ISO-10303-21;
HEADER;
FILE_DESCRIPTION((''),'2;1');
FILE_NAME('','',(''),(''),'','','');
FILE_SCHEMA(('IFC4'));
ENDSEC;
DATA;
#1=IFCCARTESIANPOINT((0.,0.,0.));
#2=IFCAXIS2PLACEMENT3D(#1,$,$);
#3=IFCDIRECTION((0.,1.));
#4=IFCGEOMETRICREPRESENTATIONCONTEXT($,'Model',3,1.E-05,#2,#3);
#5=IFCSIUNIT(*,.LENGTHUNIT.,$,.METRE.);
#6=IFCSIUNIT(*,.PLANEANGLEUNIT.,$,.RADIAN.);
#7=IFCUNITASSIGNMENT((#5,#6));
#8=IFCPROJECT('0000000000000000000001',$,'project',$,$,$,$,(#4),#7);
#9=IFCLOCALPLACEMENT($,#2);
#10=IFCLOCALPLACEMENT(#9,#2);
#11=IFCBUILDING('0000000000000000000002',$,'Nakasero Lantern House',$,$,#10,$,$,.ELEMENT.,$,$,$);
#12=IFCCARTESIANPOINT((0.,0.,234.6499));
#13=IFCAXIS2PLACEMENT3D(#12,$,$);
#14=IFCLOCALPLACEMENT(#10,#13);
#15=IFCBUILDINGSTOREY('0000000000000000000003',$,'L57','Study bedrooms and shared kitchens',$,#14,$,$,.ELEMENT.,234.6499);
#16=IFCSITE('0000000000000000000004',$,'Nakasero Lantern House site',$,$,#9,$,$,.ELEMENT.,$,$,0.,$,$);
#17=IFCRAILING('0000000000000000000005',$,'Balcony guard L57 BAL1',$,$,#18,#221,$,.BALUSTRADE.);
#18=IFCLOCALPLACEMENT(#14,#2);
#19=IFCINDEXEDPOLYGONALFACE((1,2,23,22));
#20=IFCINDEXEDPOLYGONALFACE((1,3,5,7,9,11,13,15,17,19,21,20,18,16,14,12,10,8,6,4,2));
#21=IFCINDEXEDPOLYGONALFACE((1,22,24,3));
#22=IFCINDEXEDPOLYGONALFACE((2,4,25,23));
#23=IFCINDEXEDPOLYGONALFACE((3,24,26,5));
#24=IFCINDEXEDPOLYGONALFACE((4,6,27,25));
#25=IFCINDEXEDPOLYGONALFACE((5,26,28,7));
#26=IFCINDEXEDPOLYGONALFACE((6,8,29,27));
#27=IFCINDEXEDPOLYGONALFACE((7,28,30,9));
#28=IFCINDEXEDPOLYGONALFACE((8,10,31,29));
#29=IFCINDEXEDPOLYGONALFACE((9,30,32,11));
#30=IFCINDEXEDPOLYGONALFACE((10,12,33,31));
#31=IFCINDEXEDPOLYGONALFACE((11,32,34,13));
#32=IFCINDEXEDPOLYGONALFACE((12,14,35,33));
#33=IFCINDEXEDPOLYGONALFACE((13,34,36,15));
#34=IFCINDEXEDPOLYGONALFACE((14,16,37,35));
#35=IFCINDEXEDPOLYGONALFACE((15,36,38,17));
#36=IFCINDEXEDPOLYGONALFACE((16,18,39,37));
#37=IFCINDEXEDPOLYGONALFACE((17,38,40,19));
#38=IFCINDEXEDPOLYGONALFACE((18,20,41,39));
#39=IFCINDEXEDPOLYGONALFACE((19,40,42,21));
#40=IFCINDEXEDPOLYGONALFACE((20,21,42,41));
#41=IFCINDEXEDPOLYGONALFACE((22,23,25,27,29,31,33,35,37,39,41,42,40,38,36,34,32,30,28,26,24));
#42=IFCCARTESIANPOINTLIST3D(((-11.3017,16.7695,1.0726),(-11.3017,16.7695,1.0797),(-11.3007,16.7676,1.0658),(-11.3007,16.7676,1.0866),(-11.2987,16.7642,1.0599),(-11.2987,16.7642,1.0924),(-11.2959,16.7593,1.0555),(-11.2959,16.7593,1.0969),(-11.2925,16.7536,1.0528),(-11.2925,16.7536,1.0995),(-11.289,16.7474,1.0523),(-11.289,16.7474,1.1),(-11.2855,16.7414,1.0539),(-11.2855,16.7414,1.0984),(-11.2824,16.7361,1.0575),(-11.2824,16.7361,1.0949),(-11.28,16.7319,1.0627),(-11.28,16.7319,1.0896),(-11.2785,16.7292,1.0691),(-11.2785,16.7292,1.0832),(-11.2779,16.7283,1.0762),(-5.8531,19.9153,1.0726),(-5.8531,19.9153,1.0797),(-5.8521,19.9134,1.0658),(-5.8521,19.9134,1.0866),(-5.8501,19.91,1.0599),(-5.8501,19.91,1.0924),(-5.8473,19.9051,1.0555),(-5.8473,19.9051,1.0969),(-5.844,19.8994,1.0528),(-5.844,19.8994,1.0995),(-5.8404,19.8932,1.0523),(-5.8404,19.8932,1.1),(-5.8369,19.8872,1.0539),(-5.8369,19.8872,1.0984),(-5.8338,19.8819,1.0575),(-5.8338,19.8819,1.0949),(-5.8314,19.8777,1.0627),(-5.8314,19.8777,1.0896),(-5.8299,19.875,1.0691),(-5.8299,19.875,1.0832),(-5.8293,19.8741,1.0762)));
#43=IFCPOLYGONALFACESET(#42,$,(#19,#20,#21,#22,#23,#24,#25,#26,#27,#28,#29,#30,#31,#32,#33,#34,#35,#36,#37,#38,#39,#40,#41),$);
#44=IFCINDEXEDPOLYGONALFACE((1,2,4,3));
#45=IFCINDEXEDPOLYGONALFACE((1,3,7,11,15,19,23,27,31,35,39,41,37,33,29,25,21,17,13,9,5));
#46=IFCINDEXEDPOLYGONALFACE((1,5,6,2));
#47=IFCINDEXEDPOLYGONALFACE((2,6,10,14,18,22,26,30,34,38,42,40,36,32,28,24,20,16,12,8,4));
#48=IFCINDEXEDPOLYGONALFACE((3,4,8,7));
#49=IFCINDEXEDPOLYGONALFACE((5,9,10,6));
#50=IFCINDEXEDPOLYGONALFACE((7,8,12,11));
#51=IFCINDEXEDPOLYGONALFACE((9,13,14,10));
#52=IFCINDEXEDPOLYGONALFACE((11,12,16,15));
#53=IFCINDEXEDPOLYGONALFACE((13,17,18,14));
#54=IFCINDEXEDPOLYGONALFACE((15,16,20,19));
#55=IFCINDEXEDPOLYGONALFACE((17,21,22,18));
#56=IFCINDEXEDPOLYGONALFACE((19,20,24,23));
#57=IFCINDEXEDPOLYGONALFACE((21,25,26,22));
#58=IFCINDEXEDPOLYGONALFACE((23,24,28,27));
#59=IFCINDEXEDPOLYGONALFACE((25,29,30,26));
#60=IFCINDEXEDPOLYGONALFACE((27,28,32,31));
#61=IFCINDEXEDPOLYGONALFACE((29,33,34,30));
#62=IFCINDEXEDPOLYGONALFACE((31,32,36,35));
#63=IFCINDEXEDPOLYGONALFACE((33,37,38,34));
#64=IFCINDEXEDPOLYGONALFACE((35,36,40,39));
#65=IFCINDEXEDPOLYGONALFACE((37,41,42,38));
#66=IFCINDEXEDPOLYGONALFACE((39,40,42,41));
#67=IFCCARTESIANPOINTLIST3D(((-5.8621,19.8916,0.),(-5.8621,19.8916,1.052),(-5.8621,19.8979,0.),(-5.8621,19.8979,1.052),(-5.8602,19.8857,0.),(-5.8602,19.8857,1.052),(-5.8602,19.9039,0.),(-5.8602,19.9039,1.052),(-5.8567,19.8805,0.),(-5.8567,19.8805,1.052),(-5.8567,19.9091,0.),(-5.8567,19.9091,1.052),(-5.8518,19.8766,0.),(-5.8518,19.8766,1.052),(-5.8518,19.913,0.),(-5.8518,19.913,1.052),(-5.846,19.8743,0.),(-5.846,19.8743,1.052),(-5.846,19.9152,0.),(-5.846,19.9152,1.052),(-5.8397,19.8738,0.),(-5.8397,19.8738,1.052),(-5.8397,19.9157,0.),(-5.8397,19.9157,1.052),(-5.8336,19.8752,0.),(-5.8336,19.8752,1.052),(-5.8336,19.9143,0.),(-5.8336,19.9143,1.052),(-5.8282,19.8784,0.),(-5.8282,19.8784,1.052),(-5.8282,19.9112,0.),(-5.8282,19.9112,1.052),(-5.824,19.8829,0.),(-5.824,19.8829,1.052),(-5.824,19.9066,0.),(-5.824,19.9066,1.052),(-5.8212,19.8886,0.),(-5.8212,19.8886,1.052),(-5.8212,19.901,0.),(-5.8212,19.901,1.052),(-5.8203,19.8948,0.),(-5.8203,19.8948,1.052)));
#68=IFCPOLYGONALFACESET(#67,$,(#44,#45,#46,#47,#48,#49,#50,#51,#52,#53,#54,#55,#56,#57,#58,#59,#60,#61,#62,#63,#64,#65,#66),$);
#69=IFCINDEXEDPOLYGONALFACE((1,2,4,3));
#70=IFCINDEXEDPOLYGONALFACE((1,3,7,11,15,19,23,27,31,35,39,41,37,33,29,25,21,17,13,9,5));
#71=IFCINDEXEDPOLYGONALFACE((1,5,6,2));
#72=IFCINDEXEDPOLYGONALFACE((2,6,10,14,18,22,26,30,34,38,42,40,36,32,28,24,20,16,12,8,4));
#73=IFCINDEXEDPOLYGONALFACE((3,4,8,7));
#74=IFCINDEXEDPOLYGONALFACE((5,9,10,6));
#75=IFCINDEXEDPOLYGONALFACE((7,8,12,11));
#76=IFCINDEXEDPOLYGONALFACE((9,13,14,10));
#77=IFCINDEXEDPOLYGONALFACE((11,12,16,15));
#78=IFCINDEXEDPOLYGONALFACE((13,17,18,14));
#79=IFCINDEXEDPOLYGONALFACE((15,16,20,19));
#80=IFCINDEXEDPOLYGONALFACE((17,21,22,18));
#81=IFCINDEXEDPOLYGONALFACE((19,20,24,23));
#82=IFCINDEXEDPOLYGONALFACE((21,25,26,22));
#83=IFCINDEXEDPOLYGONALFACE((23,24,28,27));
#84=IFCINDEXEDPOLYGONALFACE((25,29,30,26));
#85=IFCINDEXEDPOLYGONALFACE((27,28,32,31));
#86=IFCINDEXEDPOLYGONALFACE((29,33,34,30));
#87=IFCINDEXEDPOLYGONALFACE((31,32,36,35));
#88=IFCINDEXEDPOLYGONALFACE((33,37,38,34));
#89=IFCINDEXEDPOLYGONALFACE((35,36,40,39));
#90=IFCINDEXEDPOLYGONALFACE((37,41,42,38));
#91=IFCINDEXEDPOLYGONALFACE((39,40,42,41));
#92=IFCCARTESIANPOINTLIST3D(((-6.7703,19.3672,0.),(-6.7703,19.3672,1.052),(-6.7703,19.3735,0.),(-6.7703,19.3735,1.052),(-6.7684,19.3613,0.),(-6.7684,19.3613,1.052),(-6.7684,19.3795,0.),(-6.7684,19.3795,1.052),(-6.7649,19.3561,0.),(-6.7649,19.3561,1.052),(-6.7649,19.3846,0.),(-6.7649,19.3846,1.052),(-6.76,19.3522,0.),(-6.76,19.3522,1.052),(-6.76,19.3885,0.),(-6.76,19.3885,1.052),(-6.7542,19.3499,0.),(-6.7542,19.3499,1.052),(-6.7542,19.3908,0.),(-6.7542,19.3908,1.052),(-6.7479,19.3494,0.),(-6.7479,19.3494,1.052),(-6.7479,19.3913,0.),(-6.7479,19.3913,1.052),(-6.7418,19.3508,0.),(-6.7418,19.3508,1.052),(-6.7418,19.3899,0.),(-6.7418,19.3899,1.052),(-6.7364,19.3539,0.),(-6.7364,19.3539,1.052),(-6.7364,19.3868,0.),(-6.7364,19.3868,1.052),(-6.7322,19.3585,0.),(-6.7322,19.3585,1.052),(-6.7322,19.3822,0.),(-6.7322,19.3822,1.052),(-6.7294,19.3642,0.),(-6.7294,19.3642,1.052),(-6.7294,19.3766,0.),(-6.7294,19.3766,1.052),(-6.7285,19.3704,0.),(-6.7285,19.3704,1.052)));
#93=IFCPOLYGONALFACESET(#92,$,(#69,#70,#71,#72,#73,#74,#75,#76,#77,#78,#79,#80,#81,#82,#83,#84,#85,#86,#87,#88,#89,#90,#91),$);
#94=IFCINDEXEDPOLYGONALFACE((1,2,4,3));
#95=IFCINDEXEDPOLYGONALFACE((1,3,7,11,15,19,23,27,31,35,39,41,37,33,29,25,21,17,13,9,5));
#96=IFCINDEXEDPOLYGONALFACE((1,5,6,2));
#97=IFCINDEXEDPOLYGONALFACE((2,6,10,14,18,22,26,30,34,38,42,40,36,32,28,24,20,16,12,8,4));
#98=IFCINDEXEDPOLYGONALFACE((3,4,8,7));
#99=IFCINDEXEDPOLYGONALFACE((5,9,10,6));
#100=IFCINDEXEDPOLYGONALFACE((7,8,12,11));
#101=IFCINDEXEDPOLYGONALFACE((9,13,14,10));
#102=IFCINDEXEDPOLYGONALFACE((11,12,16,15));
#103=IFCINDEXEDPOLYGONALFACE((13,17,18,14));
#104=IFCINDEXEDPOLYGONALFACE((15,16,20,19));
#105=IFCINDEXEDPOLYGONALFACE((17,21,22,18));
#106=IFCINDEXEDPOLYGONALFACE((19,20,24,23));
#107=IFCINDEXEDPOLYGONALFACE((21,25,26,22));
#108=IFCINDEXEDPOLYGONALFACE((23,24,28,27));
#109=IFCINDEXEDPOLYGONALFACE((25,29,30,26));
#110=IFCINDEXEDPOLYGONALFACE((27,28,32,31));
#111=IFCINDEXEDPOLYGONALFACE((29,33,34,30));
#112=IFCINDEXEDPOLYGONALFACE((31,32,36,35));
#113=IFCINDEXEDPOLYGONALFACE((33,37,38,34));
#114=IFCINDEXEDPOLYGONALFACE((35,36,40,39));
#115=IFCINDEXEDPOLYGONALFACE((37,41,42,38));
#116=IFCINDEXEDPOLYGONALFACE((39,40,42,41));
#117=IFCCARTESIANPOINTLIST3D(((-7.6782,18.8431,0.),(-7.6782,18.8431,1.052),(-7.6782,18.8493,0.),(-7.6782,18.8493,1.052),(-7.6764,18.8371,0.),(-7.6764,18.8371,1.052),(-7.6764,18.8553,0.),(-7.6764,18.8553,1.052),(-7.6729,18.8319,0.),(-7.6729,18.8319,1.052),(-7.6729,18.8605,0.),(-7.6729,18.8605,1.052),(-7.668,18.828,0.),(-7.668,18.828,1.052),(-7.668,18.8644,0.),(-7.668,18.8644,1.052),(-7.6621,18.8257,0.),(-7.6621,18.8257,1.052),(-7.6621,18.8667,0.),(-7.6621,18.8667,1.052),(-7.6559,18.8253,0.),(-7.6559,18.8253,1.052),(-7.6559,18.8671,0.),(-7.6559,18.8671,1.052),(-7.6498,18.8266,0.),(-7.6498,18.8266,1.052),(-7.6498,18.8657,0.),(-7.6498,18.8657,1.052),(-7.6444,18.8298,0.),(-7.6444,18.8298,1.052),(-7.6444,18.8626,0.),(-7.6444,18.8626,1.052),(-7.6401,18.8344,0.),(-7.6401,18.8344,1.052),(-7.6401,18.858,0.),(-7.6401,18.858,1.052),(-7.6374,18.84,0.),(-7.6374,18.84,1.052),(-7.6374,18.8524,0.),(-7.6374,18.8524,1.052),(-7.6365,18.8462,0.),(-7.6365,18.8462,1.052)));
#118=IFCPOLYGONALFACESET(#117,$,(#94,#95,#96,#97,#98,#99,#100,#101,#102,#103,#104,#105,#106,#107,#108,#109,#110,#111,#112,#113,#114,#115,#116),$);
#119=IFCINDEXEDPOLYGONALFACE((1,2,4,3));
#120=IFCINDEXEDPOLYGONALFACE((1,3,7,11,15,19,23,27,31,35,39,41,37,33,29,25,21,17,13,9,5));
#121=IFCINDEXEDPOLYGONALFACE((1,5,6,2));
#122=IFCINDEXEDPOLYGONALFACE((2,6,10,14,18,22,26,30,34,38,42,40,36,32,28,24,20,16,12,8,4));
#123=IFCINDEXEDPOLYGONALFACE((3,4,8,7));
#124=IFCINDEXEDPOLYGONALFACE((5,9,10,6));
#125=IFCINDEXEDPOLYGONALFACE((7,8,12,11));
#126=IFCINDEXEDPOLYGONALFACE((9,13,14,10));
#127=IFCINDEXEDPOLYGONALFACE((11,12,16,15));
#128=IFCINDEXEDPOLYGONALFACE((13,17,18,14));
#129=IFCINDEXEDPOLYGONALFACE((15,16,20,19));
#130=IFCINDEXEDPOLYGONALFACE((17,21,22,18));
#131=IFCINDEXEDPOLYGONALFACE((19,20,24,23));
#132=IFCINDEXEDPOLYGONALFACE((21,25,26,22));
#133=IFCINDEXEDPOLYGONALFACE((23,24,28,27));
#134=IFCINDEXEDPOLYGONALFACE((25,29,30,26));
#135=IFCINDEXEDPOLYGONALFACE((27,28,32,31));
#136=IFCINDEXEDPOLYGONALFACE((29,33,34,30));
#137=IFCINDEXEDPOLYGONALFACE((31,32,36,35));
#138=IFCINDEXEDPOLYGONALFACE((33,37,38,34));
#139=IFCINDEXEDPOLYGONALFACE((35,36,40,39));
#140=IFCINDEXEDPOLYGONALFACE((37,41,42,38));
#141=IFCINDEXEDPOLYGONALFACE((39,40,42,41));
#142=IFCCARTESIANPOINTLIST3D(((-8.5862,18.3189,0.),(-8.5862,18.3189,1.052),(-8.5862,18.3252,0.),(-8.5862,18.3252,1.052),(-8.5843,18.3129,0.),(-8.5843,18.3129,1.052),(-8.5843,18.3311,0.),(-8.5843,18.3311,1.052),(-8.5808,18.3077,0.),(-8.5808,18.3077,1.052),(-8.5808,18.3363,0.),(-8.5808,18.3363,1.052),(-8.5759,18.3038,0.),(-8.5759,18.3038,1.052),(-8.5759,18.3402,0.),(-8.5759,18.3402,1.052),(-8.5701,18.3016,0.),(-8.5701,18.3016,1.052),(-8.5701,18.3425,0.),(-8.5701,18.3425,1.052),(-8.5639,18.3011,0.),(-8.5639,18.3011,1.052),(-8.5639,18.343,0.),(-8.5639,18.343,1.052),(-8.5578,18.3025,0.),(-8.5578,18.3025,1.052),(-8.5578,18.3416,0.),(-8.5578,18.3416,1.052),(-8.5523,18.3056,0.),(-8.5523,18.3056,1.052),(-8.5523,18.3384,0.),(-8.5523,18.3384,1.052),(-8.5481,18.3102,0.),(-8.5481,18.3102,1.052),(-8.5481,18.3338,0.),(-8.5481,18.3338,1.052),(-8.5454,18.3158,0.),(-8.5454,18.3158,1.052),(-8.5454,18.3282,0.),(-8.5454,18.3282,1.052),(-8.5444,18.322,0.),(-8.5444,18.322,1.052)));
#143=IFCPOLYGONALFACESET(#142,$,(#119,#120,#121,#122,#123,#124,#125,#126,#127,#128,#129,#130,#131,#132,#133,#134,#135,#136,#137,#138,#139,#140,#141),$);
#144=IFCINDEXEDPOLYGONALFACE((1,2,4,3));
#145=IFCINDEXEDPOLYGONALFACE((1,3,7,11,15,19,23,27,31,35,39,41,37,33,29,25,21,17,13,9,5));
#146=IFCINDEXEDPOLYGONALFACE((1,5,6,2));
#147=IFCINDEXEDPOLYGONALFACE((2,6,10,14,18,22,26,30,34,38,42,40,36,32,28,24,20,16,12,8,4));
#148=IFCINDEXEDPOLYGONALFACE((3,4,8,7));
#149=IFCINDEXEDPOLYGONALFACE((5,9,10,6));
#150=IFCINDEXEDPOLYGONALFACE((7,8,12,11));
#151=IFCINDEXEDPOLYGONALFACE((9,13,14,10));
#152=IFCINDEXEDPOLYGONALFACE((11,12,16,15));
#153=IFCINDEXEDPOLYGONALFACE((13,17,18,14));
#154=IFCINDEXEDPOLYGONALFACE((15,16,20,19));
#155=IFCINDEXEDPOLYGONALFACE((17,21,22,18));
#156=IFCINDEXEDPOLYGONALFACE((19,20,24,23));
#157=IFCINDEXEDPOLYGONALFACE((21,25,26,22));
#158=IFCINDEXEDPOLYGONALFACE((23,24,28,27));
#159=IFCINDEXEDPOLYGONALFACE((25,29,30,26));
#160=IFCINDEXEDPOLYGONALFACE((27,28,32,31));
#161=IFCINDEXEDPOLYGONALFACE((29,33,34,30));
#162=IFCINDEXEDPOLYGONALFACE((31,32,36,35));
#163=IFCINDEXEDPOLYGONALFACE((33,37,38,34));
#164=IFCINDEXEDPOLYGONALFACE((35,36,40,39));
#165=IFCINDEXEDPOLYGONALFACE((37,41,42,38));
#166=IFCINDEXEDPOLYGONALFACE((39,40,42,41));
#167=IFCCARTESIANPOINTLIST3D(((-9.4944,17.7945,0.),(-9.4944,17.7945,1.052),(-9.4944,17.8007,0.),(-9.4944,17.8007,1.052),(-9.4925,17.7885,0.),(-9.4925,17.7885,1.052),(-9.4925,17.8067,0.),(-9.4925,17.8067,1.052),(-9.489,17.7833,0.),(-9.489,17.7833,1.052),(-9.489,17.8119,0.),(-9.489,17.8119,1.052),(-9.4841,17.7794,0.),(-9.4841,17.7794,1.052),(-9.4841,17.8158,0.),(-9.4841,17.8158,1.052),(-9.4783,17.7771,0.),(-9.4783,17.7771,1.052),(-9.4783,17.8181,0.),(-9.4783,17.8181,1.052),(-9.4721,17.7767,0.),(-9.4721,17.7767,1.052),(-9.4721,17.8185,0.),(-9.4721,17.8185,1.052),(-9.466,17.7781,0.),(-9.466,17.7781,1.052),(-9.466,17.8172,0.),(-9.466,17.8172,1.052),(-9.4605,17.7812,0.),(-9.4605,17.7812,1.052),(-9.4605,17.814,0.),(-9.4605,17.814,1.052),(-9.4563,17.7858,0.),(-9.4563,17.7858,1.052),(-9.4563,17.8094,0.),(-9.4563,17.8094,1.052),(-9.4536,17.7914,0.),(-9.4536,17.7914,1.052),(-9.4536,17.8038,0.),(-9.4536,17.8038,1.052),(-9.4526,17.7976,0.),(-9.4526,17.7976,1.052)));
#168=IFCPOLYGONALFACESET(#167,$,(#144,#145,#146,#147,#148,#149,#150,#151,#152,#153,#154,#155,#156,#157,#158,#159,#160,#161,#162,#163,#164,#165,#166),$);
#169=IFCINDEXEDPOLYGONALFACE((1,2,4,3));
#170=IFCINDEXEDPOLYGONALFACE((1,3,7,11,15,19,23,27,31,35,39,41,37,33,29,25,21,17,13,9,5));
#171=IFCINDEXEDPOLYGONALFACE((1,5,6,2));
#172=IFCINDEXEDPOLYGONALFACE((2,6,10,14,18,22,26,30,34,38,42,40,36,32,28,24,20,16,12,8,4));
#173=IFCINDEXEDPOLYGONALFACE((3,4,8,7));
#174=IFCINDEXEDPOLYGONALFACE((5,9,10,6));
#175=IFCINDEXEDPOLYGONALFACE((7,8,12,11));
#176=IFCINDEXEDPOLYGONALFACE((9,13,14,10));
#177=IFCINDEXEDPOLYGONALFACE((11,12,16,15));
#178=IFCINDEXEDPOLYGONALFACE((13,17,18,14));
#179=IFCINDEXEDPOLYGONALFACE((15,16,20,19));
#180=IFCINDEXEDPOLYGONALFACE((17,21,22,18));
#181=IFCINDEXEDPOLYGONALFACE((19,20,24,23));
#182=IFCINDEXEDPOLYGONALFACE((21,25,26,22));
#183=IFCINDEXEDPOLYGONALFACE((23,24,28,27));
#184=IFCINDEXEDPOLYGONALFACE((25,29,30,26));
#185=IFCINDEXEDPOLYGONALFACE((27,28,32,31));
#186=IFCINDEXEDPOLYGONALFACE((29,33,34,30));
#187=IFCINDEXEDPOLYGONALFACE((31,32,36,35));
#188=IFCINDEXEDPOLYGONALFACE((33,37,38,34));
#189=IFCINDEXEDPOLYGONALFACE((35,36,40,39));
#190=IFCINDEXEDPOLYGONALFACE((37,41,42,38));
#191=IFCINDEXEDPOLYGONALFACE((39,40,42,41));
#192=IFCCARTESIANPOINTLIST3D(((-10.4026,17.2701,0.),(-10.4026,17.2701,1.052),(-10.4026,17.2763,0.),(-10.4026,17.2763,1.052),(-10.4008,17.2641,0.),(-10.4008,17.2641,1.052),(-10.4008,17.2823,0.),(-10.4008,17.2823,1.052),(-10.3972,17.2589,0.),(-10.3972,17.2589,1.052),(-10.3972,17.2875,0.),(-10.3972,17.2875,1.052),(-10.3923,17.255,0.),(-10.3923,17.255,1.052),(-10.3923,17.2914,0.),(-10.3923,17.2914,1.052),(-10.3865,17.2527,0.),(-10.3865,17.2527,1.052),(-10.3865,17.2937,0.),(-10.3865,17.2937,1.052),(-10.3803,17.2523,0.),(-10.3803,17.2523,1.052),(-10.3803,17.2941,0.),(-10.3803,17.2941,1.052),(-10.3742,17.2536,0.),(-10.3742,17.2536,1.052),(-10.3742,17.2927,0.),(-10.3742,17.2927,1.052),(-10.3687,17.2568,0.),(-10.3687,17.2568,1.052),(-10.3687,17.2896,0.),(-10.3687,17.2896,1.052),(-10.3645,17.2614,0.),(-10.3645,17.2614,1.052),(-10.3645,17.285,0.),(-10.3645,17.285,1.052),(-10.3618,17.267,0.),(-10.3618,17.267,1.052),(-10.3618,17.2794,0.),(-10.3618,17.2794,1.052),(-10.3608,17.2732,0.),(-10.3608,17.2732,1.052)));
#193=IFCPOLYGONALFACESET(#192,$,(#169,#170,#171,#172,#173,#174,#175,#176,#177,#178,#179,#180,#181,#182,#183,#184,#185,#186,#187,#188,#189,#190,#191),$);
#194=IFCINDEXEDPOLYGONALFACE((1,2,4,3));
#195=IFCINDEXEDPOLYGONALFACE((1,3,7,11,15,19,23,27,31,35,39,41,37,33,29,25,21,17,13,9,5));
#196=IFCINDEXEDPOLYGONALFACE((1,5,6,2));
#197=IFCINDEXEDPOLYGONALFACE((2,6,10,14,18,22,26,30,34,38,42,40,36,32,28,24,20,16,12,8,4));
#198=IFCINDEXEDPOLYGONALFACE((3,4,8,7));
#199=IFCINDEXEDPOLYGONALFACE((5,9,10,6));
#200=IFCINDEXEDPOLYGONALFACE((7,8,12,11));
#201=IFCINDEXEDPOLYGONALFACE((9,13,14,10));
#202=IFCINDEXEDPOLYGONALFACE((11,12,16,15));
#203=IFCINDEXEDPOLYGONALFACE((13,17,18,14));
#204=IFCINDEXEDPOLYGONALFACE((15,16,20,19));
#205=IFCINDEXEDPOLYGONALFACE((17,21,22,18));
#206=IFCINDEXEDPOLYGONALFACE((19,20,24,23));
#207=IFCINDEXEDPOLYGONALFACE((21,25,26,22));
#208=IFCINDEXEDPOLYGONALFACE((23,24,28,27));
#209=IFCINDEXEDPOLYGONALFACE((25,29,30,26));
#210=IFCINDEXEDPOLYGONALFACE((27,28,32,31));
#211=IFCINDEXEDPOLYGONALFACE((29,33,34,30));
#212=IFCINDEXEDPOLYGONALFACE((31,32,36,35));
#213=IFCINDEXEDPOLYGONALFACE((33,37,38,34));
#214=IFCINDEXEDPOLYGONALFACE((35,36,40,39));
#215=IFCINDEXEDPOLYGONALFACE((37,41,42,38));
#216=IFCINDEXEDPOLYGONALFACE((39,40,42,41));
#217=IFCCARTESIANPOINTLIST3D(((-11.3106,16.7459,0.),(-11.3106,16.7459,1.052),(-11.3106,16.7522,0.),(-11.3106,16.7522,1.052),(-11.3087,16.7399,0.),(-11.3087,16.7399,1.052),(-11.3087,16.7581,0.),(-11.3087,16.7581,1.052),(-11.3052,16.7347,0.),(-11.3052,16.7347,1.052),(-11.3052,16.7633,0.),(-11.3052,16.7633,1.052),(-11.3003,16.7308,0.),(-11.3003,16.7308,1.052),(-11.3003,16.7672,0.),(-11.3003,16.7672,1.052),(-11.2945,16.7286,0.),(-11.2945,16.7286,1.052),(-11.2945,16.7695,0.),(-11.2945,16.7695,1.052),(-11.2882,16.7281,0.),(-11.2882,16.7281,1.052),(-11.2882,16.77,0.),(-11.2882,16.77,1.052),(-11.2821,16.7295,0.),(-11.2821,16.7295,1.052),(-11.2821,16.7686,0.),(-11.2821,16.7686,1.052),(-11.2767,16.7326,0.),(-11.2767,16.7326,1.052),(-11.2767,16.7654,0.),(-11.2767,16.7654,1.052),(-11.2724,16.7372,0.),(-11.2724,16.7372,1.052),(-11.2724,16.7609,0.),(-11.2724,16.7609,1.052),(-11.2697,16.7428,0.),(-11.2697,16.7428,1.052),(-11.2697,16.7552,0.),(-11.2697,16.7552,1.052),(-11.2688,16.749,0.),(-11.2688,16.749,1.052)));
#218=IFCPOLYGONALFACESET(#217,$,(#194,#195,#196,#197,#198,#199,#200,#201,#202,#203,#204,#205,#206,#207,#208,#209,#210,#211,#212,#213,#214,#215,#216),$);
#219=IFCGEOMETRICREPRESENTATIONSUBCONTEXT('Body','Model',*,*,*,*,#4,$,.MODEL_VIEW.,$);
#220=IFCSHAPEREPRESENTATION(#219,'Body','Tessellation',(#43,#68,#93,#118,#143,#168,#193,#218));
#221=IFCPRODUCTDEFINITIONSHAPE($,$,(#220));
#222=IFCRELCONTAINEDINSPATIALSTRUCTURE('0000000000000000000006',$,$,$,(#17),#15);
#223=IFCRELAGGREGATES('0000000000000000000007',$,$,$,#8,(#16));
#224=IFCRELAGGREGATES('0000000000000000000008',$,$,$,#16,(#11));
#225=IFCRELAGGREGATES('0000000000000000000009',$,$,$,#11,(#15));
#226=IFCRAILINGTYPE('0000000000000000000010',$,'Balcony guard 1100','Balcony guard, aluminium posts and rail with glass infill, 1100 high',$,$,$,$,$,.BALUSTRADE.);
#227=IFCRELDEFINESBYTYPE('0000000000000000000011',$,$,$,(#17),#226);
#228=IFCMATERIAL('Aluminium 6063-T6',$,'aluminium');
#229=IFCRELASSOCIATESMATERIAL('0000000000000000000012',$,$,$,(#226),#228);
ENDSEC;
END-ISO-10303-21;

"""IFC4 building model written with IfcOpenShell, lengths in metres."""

from ifc_helpers import new_model, si_unit, direction, frame, origin, origin_2d, place, context, subcontext, project, spatial, circle, extrude, material, type_object, element, save


model = new_model("IFC4")

# Units and contexts
model_context = context("Model", 3, precision=1e-05, world=origin(), true_north=direction((0.0, 1.0)))
body_context = subcontext(model_context, "Body", "Model", "MODEL_VIEW")
ifc_project = project(units=[si_unit("LENGTHUNIT", "METRE"), si_unit("PLANEANGLEUNIT", "RADIAN")], contexts=[model_context])

# Site, building, storey
site_placement = place(None, origin())
site = spatial("IfcSite", under=ifc_project, at=site_placement, Name="Nakasero Lantern House site", CompositionType="ELEMENT", RefElevation=0.0)
building_placement = place(site_placement, origin())
building = spatial("IfcBuilding", under=site, at=building_placement, Name="Nakasero Lantern House", CompositionType="ELEMENT")
storey_placement = place(building_placement, frame((0.0, 0.0, 234.6499)))
storey = spatial("IfcBuildingStorey", under=building, at=storey_placement, Name="L57", Description="Study bedrooms and shared kitchens", CompositionType="ELEMENT", Elevation=234.6499)

# Railing
ifc_material_1 = material(Name="Aluminium 6063-T6", Category="aluminium")
railing_type = type_object("IfcRailingType", Name="Balcony guard 1100", Description="Balcony guard, aluminium posts and rail with glass infill, 1100 high", PredefinedType="BALUSTRADE", material=ifc_material_1)
railing_placement = place(storey_placement, frame((-5.8413, 19.8948, 0.0)))
element("IfcRailing", 1, at=railing_placement, inside=storey, type_object=railing_type, Name="Balcony guard L57 BAL1", PredefinedType="BALUSTRADE", context=body_context, shape_type="SweptSolid", body=[
    extrude(circle(Radius=0.0239, at=origin_2d()), frame((0.0, 0.0, 1.0762), z_axis=(-0.866021, -0.500008, 0.0), x_axis=(0.500008, -0.866021, 0.0)), (0.0, 0.0, 1.0), 6.2915),
    extrude(circle(Radius=0.021, at=origin_2d()), origin(), (0.0, 0.0, 1.0), 1.052),
    extrude(circle(Radius=0.021, at=origin_2d()), frame((-0.9082, -0.5244, 0.0)), (0.0, 0.0, 1.0), 1.052),
    extrude(circle(Radius=0.021, at=origin_2d()), frame((-1.8162, -1.0486, 0.0)), (0.0, 0.0, 1.0), 1.052),
    extrude(circle(Radius=0.021, at=origin_2d()), frame((-2.7241, -1.5728, 0.0)), (0.0, 0.0, 1.0), 1.052),
    extrude(circle(Radius=0.021, at=origin_2d()), frame((-3.6323, -2.0972, 0.0)), (0.0, 0.0, 1.0), 1.052),
    extrude(circle(Radius=0.021, at=origin_2d()), frame((-4.5405, -2.6216, 0.0)), (0.0, 0.0, 1.0), 1.052),
    extrude(circle(Radius=0.021, at=origin_2d()), frame((-5.4485, -3.1458, 0.0)), (0.0, 0.0, 1.0), 1.052),
])

save(model, "model.ifc")
